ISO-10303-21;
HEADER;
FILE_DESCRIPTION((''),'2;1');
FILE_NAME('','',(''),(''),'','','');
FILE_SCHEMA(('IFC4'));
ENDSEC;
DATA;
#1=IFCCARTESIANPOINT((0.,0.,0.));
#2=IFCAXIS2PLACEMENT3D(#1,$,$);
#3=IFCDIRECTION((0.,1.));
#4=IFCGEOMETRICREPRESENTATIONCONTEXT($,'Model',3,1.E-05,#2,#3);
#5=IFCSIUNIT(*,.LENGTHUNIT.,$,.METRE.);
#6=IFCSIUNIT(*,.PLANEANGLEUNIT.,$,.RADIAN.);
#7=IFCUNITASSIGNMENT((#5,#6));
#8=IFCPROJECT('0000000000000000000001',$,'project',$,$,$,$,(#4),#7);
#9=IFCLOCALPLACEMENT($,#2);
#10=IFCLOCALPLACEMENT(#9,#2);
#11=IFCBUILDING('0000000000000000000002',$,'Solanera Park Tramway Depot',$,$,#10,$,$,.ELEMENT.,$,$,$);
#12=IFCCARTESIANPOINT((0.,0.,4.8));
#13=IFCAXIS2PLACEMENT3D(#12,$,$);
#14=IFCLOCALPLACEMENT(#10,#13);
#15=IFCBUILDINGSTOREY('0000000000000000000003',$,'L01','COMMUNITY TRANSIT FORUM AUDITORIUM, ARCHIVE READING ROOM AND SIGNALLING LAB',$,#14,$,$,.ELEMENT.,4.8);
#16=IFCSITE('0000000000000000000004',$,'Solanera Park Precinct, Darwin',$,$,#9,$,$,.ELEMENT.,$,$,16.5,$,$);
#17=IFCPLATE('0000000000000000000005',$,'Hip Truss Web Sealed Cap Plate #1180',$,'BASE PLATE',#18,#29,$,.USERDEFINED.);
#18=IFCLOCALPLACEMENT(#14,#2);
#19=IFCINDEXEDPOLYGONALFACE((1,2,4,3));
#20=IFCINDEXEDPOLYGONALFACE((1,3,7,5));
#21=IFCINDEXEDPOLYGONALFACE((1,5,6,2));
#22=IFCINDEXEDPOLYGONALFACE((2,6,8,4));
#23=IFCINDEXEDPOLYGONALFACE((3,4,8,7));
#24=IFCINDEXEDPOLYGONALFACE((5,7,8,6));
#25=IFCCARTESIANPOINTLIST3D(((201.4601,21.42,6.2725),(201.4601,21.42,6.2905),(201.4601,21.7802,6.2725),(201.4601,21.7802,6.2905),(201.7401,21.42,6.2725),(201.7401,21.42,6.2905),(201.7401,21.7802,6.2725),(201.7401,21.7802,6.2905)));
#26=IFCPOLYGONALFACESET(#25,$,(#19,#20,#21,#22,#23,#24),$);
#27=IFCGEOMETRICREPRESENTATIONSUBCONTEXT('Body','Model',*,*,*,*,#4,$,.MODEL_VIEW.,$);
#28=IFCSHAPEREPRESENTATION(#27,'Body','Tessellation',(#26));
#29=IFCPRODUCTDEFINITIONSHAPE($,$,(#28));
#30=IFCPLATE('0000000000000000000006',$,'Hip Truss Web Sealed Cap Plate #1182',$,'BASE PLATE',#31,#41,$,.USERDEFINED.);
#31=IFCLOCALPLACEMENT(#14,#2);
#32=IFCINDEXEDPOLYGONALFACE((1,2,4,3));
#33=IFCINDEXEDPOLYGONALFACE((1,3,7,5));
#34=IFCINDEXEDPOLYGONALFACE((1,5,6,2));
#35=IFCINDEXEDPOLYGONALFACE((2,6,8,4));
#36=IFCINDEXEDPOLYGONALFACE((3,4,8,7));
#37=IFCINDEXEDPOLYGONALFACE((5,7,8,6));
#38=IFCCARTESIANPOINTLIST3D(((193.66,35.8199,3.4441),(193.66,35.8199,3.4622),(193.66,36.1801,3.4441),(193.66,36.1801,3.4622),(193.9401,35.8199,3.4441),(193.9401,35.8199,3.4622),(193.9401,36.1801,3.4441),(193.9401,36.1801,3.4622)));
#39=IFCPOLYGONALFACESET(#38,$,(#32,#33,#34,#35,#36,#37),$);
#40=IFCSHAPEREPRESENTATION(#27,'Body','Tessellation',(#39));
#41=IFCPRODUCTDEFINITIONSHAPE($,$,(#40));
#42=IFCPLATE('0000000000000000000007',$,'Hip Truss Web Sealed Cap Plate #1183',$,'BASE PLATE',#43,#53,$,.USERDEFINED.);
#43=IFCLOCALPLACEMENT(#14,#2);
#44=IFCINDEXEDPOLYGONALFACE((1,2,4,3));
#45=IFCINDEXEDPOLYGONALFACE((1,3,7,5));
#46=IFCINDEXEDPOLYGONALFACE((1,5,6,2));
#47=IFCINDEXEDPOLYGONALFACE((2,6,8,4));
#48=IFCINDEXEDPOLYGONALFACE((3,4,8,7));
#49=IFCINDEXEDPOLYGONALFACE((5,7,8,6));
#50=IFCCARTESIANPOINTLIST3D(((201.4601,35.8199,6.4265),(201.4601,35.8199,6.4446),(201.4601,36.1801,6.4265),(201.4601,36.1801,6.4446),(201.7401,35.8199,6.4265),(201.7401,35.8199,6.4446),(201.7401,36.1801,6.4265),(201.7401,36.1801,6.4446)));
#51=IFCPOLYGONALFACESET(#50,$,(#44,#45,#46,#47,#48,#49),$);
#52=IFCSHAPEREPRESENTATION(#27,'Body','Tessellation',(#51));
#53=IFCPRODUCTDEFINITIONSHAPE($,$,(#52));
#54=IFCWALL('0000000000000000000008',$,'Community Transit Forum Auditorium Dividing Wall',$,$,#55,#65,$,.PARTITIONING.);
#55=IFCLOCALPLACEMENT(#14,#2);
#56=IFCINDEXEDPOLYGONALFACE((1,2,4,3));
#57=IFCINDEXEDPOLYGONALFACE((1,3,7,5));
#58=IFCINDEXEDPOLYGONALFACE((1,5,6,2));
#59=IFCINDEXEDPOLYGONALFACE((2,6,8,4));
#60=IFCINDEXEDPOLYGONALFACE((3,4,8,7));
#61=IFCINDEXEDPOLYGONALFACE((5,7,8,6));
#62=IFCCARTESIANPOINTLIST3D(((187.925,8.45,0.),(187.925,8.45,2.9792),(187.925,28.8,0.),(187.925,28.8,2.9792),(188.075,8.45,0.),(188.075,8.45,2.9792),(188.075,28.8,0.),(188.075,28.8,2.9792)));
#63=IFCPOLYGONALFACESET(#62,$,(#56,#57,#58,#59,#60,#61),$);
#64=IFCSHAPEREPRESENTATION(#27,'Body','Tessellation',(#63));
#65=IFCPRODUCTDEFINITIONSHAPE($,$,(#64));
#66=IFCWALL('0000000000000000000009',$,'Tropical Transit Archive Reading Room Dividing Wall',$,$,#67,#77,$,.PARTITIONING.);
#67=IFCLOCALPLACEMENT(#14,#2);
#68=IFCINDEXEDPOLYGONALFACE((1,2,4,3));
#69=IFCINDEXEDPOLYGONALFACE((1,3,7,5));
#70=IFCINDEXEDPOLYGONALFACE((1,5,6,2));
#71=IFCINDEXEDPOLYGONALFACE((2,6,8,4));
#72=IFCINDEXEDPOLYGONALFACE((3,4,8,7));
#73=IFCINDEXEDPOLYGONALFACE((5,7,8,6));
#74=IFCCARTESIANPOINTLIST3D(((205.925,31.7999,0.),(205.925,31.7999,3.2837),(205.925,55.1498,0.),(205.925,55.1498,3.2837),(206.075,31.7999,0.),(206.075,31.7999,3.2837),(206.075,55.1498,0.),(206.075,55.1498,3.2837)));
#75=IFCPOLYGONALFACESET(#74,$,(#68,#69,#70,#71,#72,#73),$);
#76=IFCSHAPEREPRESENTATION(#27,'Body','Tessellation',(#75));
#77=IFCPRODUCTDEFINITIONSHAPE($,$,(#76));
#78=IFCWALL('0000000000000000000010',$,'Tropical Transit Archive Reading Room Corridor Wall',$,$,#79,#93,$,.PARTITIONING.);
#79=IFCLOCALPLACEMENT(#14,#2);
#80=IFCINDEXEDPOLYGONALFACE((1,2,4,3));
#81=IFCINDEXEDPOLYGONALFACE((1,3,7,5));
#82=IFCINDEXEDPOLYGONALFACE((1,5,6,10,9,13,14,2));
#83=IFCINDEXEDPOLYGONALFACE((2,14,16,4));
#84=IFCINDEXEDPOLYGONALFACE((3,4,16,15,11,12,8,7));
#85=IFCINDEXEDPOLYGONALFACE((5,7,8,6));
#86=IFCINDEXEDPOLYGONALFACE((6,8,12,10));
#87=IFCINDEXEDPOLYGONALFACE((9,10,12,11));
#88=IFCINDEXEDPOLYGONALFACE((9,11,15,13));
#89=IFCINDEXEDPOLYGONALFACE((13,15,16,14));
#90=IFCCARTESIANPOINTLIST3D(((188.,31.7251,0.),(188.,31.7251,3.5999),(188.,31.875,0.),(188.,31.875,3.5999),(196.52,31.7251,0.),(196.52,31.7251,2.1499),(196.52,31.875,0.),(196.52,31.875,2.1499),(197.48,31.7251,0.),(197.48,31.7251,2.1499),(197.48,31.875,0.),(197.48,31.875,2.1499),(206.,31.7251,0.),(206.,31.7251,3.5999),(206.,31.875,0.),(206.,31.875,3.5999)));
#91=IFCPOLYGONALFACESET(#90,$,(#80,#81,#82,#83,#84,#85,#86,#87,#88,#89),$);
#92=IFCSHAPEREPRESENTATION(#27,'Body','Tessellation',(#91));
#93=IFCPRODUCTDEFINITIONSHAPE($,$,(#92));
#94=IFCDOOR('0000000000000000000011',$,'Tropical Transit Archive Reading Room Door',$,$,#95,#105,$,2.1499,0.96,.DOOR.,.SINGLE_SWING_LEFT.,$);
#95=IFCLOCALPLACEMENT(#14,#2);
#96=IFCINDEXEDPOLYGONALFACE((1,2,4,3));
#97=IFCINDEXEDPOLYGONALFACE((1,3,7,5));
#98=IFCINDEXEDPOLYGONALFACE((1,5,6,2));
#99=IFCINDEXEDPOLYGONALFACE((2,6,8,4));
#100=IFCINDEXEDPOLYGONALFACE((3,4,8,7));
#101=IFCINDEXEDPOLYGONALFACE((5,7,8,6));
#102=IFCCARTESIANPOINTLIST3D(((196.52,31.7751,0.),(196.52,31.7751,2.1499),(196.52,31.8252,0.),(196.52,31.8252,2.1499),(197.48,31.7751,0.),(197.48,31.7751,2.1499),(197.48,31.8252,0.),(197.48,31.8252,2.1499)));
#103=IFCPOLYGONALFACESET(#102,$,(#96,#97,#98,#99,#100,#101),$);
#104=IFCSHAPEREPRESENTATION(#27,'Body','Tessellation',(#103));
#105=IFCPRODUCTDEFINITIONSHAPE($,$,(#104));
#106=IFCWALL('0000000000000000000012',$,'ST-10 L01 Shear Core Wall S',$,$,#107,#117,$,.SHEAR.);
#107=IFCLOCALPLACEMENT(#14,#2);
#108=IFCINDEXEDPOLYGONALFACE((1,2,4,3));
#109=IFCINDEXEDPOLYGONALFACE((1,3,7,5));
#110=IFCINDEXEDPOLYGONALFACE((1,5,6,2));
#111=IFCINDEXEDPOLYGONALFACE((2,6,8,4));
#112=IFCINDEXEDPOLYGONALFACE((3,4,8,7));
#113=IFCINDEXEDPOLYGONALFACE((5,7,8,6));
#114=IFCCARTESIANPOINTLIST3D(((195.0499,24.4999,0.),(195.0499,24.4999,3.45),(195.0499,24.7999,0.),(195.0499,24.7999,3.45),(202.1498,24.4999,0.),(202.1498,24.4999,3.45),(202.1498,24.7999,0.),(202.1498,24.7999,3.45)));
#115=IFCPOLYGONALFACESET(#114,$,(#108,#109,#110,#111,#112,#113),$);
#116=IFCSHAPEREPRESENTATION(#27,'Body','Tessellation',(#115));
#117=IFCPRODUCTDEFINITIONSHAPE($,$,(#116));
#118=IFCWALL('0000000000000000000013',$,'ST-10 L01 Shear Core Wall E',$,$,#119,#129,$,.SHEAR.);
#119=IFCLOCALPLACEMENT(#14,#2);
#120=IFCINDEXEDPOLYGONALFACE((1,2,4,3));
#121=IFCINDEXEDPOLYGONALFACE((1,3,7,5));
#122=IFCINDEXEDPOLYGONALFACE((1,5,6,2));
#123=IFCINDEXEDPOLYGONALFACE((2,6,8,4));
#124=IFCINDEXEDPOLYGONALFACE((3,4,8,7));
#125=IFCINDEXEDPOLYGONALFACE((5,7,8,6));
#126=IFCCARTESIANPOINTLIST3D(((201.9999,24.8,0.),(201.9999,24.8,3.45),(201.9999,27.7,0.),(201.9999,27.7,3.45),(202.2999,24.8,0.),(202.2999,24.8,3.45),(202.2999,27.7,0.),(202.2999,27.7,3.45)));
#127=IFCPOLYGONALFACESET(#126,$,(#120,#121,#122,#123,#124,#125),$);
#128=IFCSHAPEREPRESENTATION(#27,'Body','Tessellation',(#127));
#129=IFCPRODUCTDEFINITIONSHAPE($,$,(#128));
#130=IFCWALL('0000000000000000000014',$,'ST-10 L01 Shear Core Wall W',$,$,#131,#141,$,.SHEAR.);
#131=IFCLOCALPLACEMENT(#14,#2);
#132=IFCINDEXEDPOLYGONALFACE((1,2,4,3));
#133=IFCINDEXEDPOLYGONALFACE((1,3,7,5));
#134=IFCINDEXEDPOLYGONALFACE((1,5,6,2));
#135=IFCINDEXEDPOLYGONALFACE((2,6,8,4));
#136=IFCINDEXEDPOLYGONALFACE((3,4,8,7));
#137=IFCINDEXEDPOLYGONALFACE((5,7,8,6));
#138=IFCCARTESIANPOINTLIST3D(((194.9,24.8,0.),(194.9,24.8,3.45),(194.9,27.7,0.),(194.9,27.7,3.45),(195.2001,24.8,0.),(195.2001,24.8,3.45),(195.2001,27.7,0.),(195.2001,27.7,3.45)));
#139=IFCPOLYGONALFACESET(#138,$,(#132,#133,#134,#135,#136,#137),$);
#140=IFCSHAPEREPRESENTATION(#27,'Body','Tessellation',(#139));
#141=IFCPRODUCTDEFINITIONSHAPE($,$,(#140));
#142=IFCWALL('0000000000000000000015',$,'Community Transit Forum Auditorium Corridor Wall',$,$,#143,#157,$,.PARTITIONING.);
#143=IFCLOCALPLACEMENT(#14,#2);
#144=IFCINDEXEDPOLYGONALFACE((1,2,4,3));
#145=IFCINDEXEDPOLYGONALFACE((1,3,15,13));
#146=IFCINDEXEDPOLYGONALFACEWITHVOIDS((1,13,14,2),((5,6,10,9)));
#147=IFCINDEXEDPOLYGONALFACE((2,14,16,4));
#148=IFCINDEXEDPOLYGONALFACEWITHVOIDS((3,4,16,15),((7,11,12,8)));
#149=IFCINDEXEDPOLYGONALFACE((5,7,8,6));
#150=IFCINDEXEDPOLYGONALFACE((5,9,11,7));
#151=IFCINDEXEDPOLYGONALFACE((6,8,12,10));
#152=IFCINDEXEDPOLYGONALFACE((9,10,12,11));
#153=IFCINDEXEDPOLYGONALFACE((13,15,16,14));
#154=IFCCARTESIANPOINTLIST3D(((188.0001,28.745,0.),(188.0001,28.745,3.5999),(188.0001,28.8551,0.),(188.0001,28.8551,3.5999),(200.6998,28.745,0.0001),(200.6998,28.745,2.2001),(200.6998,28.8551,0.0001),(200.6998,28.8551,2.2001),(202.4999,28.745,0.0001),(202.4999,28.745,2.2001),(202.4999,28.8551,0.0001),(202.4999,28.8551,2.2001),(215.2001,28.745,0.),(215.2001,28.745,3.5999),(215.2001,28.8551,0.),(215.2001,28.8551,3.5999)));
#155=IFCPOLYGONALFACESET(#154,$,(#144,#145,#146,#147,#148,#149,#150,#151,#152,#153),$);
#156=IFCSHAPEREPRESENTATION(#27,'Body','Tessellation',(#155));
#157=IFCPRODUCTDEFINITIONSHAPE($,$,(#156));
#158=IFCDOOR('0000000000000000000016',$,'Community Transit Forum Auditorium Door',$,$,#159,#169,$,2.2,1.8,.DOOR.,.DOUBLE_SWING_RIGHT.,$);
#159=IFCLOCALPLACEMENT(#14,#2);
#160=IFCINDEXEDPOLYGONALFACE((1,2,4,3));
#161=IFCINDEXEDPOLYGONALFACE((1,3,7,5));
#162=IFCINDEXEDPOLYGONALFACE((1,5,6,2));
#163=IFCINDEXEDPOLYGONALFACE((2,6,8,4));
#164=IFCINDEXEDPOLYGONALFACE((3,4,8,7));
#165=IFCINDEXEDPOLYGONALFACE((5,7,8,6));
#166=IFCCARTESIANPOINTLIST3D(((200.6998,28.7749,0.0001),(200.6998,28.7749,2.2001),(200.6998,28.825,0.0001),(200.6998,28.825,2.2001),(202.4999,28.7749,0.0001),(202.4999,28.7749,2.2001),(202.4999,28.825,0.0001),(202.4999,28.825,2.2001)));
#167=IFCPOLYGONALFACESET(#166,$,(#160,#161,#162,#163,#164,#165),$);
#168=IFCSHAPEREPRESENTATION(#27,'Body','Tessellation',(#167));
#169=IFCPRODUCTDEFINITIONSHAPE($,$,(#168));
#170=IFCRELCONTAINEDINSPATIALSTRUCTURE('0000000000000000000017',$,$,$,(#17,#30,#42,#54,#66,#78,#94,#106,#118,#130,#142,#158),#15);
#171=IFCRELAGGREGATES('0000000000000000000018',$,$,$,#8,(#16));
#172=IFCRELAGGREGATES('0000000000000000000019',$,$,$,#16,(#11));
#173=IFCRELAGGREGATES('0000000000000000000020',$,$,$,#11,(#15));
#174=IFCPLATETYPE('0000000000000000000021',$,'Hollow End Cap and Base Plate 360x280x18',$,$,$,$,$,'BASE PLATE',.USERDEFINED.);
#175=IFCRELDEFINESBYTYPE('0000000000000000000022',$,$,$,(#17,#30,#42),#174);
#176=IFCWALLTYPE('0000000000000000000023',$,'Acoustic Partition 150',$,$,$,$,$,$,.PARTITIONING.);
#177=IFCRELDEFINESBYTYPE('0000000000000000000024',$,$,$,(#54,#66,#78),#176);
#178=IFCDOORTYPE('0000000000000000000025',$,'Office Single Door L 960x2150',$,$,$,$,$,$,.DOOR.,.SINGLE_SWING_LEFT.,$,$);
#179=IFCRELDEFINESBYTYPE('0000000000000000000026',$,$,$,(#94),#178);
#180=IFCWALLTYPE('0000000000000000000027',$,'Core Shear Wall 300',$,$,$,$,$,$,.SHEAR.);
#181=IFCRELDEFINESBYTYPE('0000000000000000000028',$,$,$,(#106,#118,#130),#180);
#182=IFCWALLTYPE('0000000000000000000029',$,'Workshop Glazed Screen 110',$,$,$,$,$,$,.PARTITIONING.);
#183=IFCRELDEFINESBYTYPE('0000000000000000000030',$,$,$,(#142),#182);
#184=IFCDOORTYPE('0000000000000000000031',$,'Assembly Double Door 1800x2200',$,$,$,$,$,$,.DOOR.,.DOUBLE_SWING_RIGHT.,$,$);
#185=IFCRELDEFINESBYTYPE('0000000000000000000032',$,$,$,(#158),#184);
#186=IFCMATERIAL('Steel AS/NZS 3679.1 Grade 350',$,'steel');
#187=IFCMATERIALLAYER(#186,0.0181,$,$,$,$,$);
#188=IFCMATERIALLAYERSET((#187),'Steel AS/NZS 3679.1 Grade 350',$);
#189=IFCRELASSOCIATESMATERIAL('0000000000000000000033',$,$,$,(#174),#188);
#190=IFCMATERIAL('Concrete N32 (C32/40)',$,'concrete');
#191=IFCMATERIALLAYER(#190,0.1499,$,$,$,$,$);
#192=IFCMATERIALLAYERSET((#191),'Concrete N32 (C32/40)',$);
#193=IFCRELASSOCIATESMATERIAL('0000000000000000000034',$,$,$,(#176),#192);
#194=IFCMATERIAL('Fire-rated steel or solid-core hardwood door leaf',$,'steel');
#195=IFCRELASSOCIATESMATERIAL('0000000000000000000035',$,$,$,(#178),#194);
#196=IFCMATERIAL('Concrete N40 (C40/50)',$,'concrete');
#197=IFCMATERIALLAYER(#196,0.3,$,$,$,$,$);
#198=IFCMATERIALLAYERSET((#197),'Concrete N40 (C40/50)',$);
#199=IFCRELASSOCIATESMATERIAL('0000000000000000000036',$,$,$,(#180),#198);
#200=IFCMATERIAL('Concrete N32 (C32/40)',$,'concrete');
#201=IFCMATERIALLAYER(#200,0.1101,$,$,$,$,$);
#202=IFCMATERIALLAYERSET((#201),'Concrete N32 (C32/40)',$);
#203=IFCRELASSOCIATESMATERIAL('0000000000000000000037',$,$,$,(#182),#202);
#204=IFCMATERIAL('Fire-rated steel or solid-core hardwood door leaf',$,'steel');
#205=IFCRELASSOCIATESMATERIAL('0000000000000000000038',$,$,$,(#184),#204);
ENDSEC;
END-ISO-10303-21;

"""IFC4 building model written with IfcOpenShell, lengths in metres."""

from ifc_helpers import new_model, si_unit, direction, frame, frame_2d, origin, origin_2d, place, context, subcontext, project, spatial, rectangle, extrude, material, layer, layer_set, type_object, element, fill, save


model = new_model("IFC4")

# Units and contexts
model_context = context("Model", 3, precision=1e-05, world=origin(), true_north=direction((0.0, 1.0)))
body_context = subcontext(model_context, "Body", "Model", "MODEL_VIEW")
ifc_project = project(units=[si_unit("LENGTHUNIT", "METRE"), si_unit("PLANEANGLEUNIT", "RADIAN")], contexts=[model_context])

# Site, building, storey
site_placement = place(None, origin())
site = spatial("IfcSite", under=ifc_project, at=site_placement, Name="Solanera Park Precinct, Darwin", CompositionType="ELEMENT", RefElevation=16.5)
building_placement = place(site_placement, origin())
building = spatial("IfcBuilding", under=site, at=building_placement, Name="Solanera Park Tramway Depot", CompositionType="ELEMENT")
storey_placement = place(building_placement, frame((0.0, 0.0, 4.8)))
storey = spatial("IfcBuildingStorey", under=building, at=storey_placement, Name="L01", Description="COMMUNITY TRANSIT FORUM AUDITORIUM, ARCHIVE READING ROOM AND SIGNALLING LAB", CompositionType="ELEMENT", Elevation=4.8)

# Plates
ifc_material_1 = material(Name="Steel AS/NZS 3679.1 Grade 350", Category="steel")
ifc_layer_1 = layer(ifc_material_1, 0.0181)
ifc_layer_set_1 = layer_set([ifc_layer_1], Name="Steel AS/NZS 3679.1 Grade 350")
plate_type = type_object("IfcPlateType", Name="Hollow End Cap and Base Plate 360x280x18", ElementType="BASE PLATE", PredefinedType="USERDEFINED", material=ifc_layer_set_1)
for number, where, z_axis, x_axis, name in (
    (1, (201.6001, 21.6001, 6.2725), (0.0, 0.0, 1.0), (1.0, 0.0, 0.0), "Hip Truss Web Sealed Cap Plate #1180"),
    (2, (193.8, 36.0, 3.4441), (0.0, 0.0, 1.0), (1.0, 0.0, 0.0), "Hip Truss Web Sealed Cap Plate #1182"),
    (3, (201.6001, 36.0, 6.4265), (0.0, 0.0, 1.0), (1.0, 0.0, 0.0), "Hip Truss Web Sealed Cap Plate #1183"),
):
    element("IfcPlate", number, at=place(storey_placement, frame(where, z_axis=z_axis, x_axis=x_axis)), inside=storey, type_object=plate_type, Name=name, ObjectType="BASE PLATE", PredefinedType="USERDEFINED", context=body_context, shape_type="SweptSolid", body=[
        extrude(rectangle(XDim=0.28, YDim=0.3601, at=origin_2d()), origin(), (0.0, 0.0, 1.0), 0.0181),
    ])

# Walls
ifc_material_2 = material(Name="Concrete N32 (C32/40)", Category="concrete")
ifc_layer_2 = layer(ifc_material_2, 0.1499)
ifc_layer_set_2 = layer_set([ifc_layer_2], Name="Concrete N32 (C32/40)")
wall_type_1 = type_object("IfcWallType", Name="Acoustic Partition 150", PredefinedType="PARTITIONING", material=ifc_layer_set_2)
wall_1_placement = place(storey_placement, frame((188.0, 28.8, 0.0), z_axis=(0.0, 0.0, 1.0), x_axis=(0.0, -1.0, 0.0)))
element("IfcWall", 4, at=wall_1_placement, inside=storey, type_object=wall_type_1, Name="Community Transit Forum Auditorium Dividing Wall", PredefinedType="PARTITIONING", context=body_context, shape_type="SweptSolid", body=[
    extrude(rectangle(XDim=20.3501, YDim=0.1499, at=frame_2d((10.175, 0.0))), origin(), (0.0, 0.0, 1.0), 2.9792),
])
wall_2_placement = place(storey_placement, frame((206.0, 31.8, 0.0), z_axis=(0.0, 0.0, 1.0), x_axis=(0.0, 1.0, 0.0)))
element("IfcWall", 5, at=wall_2_placement, inside=storey, type_object=wall_type_1, Name="Tropical Transit Archive Reading Room Dividing Wall", PredefinedType="PARTITIONING", context=body_context, shape_type="SweptSolid", body=[
    extrude(rectangle(XDim=23.3499, YDim=0.1499, at=frame_2d((11.6748, 0.0))), origin(), (0.0, 0.0, 1.0), 3.2837),
])

# Wall, opening, door
wall_3_placement = place(storey_placement, frame((206.0, 31.8, 0.0), z_axis=(0.0, 0.0, 1.0), x_axis=(-1.0, 0.0, 0.0)))
wall_3 = element("IfcWall", 6, at=wall_3_placement, inside=storey, type_object=wall_type_1, Name="Tropical Transit Archive Reading Room Corridor Wall", PredefinedType="PARTITIONING", context=body_context, shape_type="SweptSolid", body=[
    extrude(rectangle(XDim=18.0, YDim=0.1499, at=frame_2d((9.0, 0.0))), origin(), (0.0, 0.0, 1.0), 3.5999),
])
opening_1_placement = place(wall_3_placement, frame((8.52, 0.0, 0.0)))
opening_1 = element("IfcOpeningElement", 7, at=opening_1_placement, cuts=wall_3, PredefinedType="OPENING", context=body_context, shape_type="SweptSolid", body=[
    extrude(rectangle(XDim=0.96, YDim=2.1499, at=frame_2d((0.48, 1.075))), frame((0.0, 0.085, 0.0), z_axis=(0.0, -1.0, 0.0), x_axis=(1.0, 0.0, 0.0)), (0.0, 0.0, 1.0), 0.1699),
])
ifc_material_3 = material(Name="Fire-rated steel or solid-core hardwood door leaf", Category="steel")
door_type_1 = type_object("IfcDoorType", Name="Office Single Door L 960x2150", OperationType="SINGLE_SWING_LEFT", PredefinedType="DOOR", material=ifc_material_3)
door_1_placement = place(opening_1_placement, origin())
door_1 = element("IfcDoor", 8, at=door_1_placement, inside=storey, type_object=door_type_1, Name="Tropical Transit Archive Reading Room Door", OperationType="SINGLE_SWING_LEFT", OverallHeight=2.1499, OverallWidth=0.96, PredefinedType="DOOR", context=body_context, shape_type="SweptSolid", body=[
    extrude(rectangle(XDim=0.96, YDim=2.1499, at=frame_2d((0.48, 1.075))), frame((0.0, 0.0249, 0.0), z_axis=(0.0, -1.0, 0.0), x_axis=(1.0, 0.0, 0.0)), (0.0, 0.0, 1.0), 0.05),
])
fill(opening_1, door_1)

# Wall
ifc_material_4 = material(Name="Concrete N40 (C40/50)", Category="concrete")
ifc_layer_3 = layer(ifc_material_4, 0.3)
ifc_layer_set_3 = layer_set([ifc_layer_3], Name="Concrete N40 (C40/50)")
wall_type_2 = type_object("IfcWallType", Name="Core Shear Wall 300", PredefinedType="SHEAR", material=ifc_layer_set_3)
wall_4_placement = place(storey_placement, frame((195.05, 24.6499, 0.0), z_axis=(0.0, 0.0, 1.0), x_axis=(1.0, 0.0, 0.0)))
element("IfcWall", 9, at=wall_4_placement, inside=storey, type_object=wall_type_2, Name="ST-10 L01 Shear Core Wall S", PredefinedType="SHEAR", context=body_context, shape_type="SweptSolid", body=[
    extrude(rectangle(XDim=7.0999, YDim=0.3, at=frame_2d((3.5498, 0.0))), origin(), (0.0, 0.0, 1.0), 3.45),
])

# Walls
for number, where, z_axis, x_axis, name in (
    (10, (202.1499, 24.8, 0.0), (0.0, 0.0, 1.0), (0.0, 1.0, 0.0), "ST-10 L01 Shear Core Wall E"),
    (11, (195.05, 27.7, 0.0), (0.0, 0.0, 1.0), (0.0, -1.0, 0.0), "ST-10 L01 Shear Core Wall W"),
):
    element("IfcWall", number, at=place(storey_placement, frame(where, z_axis=z_axis, x_axis=x_axis)), inside=storey, type_object=wall_type_2, Name=name, PredefinedType="SHEAR", context=body_context, shape_type="SweptSolid", body=[
        extrude(rectangle(XDim=2.8999, YDim=0.3, at=frame_2d((1.45, 0.0))), origin(), (0.0, 0.0, 1.0), 3.45),
    ])

# Wall, opening, door
ifc_material_5 = material(Name="Concrete N32 (C32/40)", Category="concrete")
ifc_layer_4 = layer(ifc_material_5, 0.1101)
ifc_layer_set_4 = layer_set([ifc_layer_4], Name="Concrete N32 (C32/40)")
wall_type_3 = type_object("IfcWallType", Name="Workshop Glazed Screen 110", PredefinedType="PARTITIONING", material=ifc_layer_set_4)
wall_5_placement = place(storey_placement, frame((188.0, 28.8, 0.0), z_axis=(0.0, 0.0, 1.0), x_axis=(1.0, 0.0, 0.0)))
wall_5 = element("IfcWall", 12, at=wall_5_placement, inside=storey, type_object=wall_type_3, Name="Community Transit Forum Auditorium Corridor Wall", PredefinedType="PARTITIONING", context=body_context, shape_type="SweptSolid", body=[
    extrude(rectangle(XDim=27.2, YDim=0.1101, at=frame_2d((13.6001, 0.0))), origin(), (0.0, 0.0, 1.0), 3.5999),
])
opening_2_placement = place(wall_5_placement, frame((12.7, 0.0, 0.0)))
opening_2 = element("IfcOpeningElement", 13, at=opening_2_placement, cuts=wall_5, PredefinedType="OPENING", context=body_context, shape_type="SweptSolid", body=[
    extrude(rectangle(XDim=1.8, YDim=2.2, at=frame_2d((0.8999, 1.1001))), frame((0.0, 0.0649, 0.0), z_axis=(0.0, -1.0, 0.0), x_axis=(1.0, 0.0, 0.0)), (0.0, 0.0, 1.0), 0.1301),
])
ifc_material_6 = material(Name="Fire-rated steel or solid-core hardwood door leaf", Category="steel")
door_type_2 = type_object("IfcDoorType", Name="Assembly Double Door 1800x2200", OperationType="DOUBLE_SWING_RIGHT", PredefinedType="DOOR", material=ifc_material_6)
door_2_placement = place(opening_2_placement, origin())
door_2 = element("IfcDoor", 14, at=door_2_placement, inside=storey, type_object=door_type_2, Name="Community Transit Forum Auditorium Door", OperationType="DOUBLE_SWING_RIGHT", OverallHeight=2.2, OverallWidth=1.8, PredefinedType="DOOR", context=body_context, shape_type="SweptSolid", body=[
    extrude(rectangle(XDim=1.8, YDim=2.2, at=frame_2d((0.8999, 1.1001))), frame((0.0, 0.0249, 0.0), z_axis=(0.0, -1.0, 0.0), x_axis=(1.0, 0.0, 0.0)), (0.0, 0.0, 1.0), 0.05),
])
fill(opening_2, door_2)

save(model, "model.ifc")
